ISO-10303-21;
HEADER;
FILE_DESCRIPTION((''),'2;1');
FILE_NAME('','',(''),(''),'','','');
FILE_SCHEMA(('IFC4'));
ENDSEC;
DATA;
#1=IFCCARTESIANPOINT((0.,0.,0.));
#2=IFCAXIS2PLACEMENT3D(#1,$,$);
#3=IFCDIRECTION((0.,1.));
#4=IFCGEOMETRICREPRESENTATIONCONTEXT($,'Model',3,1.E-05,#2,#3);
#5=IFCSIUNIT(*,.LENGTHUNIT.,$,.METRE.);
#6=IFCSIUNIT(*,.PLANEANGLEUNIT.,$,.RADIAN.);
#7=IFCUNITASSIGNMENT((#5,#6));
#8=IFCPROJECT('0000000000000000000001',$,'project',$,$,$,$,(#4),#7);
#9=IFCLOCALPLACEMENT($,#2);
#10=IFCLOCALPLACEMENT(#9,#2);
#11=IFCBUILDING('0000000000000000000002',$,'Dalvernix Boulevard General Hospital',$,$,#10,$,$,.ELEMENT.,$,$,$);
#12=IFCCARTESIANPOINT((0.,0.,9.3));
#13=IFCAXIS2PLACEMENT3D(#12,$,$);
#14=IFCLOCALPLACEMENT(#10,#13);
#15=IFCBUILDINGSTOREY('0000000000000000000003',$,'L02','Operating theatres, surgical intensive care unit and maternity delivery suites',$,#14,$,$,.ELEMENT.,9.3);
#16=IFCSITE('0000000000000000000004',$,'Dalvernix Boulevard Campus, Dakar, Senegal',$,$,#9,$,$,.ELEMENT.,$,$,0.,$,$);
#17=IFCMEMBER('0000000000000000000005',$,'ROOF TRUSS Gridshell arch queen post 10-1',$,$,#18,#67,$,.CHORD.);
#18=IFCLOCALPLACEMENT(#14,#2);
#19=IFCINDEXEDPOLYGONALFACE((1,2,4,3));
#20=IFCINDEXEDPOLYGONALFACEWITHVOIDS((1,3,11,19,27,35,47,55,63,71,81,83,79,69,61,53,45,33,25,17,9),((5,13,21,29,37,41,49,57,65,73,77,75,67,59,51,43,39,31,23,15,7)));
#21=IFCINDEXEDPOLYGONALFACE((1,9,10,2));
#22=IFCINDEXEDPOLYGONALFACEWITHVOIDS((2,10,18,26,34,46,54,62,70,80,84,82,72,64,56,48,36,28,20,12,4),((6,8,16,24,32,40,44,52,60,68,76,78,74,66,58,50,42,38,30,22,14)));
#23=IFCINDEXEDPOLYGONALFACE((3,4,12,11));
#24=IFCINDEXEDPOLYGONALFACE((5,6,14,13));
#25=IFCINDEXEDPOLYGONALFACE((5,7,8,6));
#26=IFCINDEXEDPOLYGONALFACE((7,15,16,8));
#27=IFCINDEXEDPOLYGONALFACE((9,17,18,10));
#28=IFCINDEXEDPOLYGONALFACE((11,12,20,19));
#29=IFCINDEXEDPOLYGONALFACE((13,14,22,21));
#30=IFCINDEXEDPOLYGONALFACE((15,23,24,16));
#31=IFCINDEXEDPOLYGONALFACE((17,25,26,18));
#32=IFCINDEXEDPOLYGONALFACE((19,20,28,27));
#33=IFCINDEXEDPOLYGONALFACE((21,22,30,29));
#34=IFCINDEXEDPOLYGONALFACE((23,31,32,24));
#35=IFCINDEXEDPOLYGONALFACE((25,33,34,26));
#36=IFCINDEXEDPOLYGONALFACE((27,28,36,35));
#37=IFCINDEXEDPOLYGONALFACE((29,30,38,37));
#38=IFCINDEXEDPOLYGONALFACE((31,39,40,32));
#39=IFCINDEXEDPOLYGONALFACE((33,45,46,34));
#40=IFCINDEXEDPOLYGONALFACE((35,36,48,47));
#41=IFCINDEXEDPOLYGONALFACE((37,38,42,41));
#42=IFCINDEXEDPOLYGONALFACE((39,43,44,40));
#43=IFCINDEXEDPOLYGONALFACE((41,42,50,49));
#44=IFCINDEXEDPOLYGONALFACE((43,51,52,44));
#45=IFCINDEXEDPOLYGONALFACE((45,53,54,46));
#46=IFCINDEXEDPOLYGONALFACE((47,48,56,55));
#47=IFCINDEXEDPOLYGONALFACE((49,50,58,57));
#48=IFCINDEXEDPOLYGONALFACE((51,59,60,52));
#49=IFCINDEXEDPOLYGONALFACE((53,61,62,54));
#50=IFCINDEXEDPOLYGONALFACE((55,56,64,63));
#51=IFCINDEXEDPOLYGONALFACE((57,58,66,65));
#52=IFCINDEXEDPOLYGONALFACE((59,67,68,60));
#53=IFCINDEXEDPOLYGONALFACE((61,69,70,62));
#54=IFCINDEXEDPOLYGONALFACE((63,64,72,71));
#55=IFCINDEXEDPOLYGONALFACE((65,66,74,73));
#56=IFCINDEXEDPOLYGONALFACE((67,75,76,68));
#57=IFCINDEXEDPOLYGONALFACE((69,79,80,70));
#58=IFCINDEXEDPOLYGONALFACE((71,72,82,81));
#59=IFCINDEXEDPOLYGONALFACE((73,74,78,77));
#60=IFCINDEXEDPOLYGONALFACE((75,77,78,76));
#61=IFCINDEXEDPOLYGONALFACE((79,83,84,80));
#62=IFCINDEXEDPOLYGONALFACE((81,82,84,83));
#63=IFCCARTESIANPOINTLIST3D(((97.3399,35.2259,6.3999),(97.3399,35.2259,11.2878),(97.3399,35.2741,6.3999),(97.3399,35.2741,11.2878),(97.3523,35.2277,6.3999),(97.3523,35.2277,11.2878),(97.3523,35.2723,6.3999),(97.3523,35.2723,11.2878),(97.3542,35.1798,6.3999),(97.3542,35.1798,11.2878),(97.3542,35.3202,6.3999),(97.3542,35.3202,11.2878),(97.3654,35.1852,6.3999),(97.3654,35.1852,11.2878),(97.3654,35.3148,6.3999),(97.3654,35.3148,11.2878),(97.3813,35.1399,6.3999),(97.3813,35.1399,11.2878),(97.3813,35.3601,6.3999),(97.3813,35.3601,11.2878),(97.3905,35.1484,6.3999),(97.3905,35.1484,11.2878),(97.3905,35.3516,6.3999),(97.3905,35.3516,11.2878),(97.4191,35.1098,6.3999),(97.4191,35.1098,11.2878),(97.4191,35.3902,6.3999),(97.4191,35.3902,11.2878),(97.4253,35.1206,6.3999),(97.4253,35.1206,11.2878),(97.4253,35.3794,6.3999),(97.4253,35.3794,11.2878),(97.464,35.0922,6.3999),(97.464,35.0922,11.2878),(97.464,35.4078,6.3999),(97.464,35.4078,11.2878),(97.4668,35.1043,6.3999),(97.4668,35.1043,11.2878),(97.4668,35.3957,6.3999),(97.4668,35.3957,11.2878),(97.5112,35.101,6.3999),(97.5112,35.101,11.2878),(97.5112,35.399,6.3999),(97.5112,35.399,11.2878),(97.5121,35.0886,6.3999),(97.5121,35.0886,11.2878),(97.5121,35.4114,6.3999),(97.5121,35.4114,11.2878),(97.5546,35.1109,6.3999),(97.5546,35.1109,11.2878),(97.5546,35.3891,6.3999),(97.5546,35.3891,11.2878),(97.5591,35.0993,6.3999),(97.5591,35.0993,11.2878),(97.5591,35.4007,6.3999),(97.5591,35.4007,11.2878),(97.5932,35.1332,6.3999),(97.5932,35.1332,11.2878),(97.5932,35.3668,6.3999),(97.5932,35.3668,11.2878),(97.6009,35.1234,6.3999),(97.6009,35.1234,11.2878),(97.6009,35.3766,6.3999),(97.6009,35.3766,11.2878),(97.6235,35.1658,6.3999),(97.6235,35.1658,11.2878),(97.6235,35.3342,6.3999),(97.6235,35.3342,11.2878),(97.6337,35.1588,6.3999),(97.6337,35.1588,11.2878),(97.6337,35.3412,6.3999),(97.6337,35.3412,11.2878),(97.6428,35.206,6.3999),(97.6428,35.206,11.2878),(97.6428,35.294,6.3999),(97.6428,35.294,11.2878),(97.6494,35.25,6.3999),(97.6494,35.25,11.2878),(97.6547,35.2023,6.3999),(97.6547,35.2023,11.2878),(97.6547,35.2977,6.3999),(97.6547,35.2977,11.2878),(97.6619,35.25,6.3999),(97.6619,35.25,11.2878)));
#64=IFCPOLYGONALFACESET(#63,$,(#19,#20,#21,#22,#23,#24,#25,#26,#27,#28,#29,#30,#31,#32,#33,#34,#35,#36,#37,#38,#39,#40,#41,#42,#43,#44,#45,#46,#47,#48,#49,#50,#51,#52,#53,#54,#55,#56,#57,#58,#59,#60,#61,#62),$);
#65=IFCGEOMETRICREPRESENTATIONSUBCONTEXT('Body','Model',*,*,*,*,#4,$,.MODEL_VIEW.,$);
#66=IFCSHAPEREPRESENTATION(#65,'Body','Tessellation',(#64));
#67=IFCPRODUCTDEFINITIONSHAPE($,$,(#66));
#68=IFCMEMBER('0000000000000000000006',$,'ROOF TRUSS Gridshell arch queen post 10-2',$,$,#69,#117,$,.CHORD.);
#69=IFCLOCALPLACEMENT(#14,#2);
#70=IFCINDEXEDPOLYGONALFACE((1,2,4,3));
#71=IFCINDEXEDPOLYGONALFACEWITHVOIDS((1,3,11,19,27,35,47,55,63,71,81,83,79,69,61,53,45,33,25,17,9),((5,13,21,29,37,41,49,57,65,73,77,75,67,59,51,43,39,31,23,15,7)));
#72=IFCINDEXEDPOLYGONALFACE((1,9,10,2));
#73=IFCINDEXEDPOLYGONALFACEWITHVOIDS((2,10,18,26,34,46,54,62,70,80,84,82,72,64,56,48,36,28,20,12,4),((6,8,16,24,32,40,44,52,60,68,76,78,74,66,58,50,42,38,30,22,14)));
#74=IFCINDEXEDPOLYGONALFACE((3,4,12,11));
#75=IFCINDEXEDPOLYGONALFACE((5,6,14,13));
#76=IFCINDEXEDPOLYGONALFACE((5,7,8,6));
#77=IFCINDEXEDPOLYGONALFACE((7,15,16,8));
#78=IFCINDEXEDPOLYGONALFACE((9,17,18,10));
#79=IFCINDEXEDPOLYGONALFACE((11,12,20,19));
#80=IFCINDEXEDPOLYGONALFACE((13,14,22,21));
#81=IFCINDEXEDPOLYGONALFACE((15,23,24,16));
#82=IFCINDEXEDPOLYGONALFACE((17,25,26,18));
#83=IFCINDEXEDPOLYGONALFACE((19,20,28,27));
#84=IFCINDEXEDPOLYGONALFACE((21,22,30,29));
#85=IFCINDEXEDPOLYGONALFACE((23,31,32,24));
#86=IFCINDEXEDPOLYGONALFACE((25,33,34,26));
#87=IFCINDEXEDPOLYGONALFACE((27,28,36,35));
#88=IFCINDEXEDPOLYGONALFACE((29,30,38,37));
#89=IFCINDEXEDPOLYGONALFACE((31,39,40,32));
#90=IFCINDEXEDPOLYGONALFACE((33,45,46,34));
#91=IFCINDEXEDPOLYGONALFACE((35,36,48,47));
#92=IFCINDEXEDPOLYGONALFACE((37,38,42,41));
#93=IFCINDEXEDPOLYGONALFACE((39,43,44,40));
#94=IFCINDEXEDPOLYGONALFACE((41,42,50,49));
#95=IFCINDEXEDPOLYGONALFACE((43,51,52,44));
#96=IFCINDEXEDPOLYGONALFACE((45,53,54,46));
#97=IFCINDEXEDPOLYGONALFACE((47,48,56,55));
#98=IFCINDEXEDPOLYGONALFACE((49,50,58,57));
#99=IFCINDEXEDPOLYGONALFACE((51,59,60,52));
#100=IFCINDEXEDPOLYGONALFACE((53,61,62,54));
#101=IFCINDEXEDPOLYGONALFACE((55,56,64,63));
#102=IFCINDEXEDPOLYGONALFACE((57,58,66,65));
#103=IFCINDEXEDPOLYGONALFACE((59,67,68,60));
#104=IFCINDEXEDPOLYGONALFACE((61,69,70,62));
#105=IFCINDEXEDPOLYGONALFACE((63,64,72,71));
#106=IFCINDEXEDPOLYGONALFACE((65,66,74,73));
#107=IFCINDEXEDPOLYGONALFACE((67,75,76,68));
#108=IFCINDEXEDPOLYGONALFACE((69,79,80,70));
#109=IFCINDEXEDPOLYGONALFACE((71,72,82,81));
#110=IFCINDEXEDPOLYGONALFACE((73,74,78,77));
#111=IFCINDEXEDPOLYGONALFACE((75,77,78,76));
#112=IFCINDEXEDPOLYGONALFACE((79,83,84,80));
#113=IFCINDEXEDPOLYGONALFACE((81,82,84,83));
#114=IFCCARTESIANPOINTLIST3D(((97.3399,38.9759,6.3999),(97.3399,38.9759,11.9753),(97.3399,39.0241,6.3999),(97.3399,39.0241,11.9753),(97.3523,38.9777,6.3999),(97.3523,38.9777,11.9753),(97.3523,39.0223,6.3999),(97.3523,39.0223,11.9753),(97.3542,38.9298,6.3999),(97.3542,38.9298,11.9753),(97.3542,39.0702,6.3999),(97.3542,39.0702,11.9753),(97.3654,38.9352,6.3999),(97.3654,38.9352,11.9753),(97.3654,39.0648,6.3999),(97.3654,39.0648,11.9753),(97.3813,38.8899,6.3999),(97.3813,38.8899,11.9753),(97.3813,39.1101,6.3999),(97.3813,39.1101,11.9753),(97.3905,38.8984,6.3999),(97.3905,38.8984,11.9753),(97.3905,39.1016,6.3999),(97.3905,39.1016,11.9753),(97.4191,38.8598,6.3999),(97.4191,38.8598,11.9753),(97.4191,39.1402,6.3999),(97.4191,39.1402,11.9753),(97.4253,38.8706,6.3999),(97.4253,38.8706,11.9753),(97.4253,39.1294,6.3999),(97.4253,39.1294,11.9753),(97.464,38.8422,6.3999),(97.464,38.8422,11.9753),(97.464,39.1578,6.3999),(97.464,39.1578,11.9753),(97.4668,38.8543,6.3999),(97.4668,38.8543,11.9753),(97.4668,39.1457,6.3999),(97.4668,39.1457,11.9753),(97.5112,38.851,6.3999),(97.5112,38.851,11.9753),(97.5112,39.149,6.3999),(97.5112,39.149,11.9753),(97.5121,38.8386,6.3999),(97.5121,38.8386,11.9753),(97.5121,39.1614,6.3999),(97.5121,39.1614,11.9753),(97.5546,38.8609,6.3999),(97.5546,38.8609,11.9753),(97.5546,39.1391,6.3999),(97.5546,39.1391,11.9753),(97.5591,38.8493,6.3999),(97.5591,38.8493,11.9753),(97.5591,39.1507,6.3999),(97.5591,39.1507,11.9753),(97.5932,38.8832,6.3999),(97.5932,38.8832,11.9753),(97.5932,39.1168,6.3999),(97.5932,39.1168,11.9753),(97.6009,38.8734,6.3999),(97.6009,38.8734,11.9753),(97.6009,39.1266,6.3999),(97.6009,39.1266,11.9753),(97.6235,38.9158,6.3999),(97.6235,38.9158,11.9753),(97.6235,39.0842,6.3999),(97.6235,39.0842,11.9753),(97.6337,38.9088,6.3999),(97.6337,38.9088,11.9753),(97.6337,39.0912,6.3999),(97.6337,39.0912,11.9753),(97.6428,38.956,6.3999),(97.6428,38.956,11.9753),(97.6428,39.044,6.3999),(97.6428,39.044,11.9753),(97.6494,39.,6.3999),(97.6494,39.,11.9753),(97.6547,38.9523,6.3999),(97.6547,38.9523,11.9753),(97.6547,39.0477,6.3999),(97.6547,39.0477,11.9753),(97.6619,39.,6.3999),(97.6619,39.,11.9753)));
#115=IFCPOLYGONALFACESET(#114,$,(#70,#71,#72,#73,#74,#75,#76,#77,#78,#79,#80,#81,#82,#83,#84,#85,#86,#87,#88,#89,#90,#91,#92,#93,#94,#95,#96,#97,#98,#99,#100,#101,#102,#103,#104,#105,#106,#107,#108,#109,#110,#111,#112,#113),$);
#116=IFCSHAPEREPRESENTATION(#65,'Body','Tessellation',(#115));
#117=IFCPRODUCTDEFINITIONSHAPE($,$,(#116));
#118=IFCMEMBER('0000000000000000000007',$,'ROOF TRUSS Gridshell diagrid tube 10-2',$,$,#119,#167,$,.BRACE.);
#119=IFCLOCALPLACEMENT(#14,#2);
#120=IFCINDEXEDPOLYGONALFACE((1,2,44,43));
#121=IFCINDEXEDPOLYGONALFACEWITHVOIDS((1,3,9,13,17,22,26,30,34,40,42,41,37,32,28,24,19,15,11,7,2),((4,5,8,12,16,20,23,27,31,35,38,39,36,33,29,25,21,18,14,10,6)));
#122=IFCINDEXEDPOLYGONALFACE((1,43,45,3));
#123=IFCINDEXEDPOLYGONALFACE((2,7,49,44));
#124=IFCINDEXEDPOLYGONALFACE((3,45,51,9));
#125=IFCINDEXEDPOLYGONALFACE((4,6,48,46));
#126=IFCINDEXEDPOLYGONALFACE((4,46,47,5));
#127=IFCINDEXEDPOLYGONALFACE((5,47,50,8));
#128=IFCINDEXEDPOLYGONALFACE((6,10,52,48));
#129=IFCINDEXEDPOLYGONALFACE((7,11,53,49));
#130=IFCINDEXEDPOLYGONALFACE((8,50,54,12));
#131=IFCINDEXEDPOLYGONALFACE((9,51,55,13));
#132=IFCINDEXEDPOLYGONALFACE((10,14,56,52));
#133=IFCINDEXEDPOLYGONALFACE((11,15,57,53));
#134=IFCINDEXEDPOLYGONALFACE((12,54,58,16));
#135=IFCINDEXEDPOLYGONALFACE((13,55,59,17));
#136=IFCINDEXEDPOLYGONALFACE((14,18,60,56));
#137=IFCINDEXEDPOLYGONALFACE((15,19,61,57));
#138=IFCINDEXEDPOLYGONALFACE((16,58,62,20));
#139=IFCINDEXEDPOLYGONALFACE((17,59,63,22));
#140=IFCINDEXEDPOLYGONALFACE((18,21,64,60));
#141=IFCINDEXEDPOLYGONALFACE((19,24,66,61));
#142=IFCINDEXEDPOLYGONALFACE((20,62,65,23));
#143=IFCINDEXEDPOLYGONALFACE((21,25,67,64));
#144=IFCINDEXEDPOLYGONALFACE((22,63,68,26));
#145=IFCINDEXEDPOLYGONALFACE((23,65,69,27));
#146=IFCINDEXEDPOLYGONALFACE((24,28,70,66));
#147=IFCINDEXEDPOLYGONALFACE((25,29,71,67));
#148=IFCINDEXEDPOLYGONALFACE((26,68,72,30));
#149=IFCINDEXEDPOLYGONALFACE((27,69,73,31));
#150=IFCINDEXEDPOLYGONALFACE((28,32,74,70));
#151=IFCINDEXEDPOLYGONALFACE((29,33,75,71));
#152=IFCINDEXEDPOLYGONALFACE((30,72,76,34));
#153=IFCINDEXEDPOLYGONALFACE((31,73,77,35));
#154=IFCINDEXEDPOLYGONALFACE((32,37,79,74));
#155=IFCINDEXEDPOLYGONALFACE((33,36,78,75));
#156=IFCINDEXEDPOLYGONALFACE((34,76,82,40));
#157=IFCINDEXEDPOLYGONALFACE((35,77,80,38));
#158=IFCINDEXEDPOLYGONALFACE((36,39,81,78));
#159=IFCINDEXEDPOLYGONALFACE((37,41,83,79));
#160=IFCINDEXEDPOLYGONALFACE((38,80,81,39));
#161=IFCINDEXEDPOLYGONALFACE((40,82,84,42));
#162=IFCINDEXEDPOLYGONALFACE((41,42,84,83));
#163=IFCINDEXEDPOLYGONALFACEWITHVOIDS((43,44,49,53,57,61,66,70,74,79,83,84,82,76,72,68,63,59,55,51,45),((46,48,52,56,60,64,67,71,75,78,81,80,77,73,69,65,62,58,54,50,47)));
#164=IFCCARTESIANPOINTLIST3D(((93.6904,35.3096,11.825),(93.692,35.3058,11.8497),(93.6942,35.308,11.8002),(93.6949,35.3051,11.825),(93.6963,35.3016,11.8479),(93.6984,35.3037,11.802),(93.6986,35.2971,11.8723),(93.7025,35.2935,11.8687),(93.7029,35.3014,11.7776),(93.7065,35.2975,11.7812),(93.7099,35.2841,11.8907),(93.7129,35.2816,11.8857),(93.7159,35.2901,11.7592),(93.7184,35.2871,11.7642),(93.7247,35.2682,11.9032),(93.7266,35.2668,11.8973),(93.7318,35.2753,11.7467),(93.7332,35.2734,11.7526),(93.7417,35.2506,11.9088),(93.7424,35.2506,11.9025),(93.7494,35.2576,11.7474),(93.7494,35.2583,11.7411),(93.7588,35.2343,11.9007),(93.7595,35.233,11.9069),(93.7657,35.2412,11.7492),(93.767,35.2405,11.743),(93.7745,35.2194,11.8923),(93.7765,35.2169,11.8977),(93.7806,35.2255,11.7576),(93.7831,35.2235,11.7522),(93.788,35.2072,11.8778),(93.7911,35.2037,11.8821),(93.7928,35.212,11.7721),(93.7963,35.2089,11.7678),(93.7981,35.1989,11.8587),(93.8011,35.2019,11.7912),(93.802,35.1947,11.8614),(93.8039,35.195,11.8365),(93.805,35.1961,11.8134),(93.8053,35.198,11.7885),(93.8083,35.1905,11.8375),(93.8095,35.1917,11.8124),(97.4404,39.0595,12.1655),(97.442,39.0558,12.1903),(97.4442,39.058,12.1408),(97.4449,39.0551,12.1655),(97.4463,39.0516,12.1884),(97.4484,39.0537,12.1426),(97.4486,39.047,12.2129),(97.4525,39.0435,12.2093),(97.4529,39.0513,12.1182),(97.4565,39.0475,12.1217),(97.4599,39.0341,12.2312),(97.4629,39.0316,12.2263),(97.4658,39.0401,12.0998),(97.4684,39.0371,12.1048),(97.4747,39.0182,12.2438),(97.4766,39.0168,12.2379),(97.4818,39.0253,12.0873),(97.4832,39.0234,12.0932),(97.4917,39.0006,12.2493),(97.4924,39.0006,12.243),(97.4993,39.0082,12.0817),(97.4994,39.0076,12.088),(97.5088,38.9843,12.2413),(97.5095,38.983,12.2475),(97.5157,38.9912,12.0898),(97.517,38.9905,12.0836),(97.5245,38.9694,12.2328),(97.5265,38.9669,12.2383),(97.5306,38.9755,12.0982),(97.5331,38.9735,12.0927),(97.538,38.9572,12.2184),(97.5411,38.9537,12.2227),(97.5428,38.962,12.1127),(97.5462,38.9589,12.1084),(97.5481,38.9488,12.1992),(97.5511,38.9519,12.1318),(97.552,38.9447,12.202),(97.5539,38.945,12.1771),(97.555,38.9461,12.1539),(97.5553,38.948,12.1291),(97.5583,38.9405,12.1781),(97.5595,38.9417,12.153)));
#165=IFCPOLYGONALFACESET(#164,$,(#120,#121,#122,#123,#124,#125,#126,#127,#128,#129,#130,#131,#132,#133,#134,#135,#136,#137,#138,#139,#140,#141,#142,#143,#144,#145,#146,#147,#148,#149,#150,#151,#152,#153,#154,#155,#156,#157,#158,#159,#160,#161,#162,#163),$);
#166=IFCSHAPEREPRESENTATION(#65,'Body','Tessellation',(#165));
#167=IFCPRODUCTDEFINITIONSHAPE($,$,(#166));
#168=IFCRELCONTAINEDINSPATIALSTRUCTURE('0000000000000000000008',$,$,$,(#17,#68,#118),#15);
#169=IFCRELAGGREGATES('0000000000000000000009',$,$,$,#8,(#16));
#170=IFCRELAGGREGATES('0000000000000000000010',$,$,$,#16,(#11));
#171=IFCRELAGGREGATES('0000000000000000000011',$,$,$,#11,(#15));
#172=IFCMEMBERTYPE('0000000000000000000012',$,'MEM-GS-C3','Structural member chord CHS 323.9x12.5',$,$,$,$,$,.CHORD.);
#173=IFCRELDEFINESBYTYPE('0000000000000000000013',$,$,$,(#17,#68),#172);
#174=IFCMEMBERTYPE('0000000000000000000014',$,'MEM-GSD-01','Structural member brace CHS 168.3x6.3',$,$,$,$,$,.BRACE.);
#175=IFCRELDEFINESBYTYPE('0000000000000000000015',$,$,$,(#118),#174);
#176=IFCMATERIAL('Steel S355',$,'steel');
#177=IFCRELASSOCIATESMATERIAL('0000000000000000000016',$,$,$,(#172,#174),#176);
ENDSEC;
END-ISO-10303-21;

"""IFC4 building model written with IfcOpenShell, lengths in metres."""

from ifc_helpers import new_model, si_unit, direction, frame, origin, origin_2d, place, context, subcontext, project, spatial, hollow_circle, extrude, material, material_profile, profile_set, type_object, element, save


model = new_model("IFC4")

# Units and contexts
model_context = context("Model", 3, precision=1e-05, world=origin(), true_north=direction((0.0, 1.0)))
body_context = subcontext(model_context, "Body", "Model", "MODEL_VIEW")
ifc_project = project(units=[si_unit("LENGTHUNIT", "METRE"), si_unit("PLANEANGLEUNIT", "RADIAN")], contexts=[model_context])

# Site, building, storey
site_placement = place(None, origin())
site = spatial("IfcSite", under=ifc_project, at=site_placement, Name="Dalvernix Boulevard Campus, Dakar, Senegal", CompositionType="ELEMENT", RefElevation=0.0)
building_placement = place(site_placement, origin())
building = spatial("IfcBuilding", under=site, at=building_placement, Name="Dalvernix Boulevard General Hospital", CompositionType="ELEMENT")
storey_placement = place(building_placement, frame((0.0, 0.0, 9.3)))
storey = spatial("IfcBuildingStorey", under=building, at=storey_placement, Name="L02", Description="Operating theatres, surgical intensive care unit and maternity delivery suites", CompositionType="ELEMENT", Elevation=9.3)

# Shared definitions
ifc_material_1 = material(Name="Steel S355", Category="steel")

# Members
ifc_material_profile_1 = material_profile(ifc_material_1, hollow_circle(Radius=0.1619, WallThickness=0.0125, at=origin_2d()), Name="CHS 323.9x12.5")
ifc_profile_set_1 = profile_set([ifc_material_profile_1], Name="Steel S355")
member_type_1 = type_object("IfcMemberType", Name="MEM-GS-C3", Description="Structural member chord CHS 323.9x12.5", PredefinedType="CHORD", material=ifc_profile_set_1)
member_1_placement = place(storey_placement, frame((97.5, 35.25, 6.3999), z_axis=(0.0, 0.0, 1.0), x_axis=(1.0, 0.0, 0.0)))
element("IfcMember", 1, at=member_1_placement, inside=storey, type_object=member_type_1, Name="ROOF TRUSS Gridshell arch queen post 10-1", PredefinedType="CHORD", context=body_context, shape_type="SweptSolid", body=[
    extrude(hollow_circle(Radius=0.1619, WallThickness=0.0125, at=origin_2d()), origin(), (0.0, 0.0, 1.0), 4.8879),
])
member_2_placement = place(storey_placement, frame((97.5, 39.0, 6.3999), z_axis=(0.0, 0.0, 1.0), x_axis=(1.0, 0.0, 0.0)))
element("IfcMember", 2, at=member_2_placement, inside=storey, type_object=member_type_1, Name="ROOF TRUSS Gridshell arch queen post 10-2", PredefinedType="CHORD", context=body_context, shape_type="SweptSolid", body=[
    extrude(hollow_circle(Radius=0.1619, WallThickness=0.0125, at=origin_2d()), origin(), (0.0, 0.0, 1.0), 5.5754),
])
ifc_material_profile_2 = material_profile(ifc_material_1, hollow_circle(Radius=0.0842, WallThickness=0.0063, at=origin_2d()), Name="CHS 168.3x6.3")
ifc_profile_set_2 = profile_set([ifc_material_profile_2], Name="Steel S355")
member_type_2 = type_object("IfcMemberType", Name="MEM-GSD-01", Description="Structural member brace CHS 168.3x6.3", PredefinedType="BRACE", material=ifc_profile_set_2)
member_3_placement = place(storey_placement, frame((93.75, 35.25, 11.825), z_axis=(0.705653, 0.705653, 0.064088), x_axis=(-0.707107, 0.707107, 0.0)))
element("IfcMember", 3, at=member_3_placement, inside=storey, type_object=member_type_2, Name="ROOF TRUSS Gridshell diagrid tube 10-2", PredefinedType="BRACE", context=body_context, shape_type="SweptSolid", body=[
    extrude(hollow_circle(Radius=0.0842, WallThickness=0.0063, at=origin_2d()), origin(), (0.0, 0.0, 1.0), 5.3142),
])

save(model, "model.ifc")
